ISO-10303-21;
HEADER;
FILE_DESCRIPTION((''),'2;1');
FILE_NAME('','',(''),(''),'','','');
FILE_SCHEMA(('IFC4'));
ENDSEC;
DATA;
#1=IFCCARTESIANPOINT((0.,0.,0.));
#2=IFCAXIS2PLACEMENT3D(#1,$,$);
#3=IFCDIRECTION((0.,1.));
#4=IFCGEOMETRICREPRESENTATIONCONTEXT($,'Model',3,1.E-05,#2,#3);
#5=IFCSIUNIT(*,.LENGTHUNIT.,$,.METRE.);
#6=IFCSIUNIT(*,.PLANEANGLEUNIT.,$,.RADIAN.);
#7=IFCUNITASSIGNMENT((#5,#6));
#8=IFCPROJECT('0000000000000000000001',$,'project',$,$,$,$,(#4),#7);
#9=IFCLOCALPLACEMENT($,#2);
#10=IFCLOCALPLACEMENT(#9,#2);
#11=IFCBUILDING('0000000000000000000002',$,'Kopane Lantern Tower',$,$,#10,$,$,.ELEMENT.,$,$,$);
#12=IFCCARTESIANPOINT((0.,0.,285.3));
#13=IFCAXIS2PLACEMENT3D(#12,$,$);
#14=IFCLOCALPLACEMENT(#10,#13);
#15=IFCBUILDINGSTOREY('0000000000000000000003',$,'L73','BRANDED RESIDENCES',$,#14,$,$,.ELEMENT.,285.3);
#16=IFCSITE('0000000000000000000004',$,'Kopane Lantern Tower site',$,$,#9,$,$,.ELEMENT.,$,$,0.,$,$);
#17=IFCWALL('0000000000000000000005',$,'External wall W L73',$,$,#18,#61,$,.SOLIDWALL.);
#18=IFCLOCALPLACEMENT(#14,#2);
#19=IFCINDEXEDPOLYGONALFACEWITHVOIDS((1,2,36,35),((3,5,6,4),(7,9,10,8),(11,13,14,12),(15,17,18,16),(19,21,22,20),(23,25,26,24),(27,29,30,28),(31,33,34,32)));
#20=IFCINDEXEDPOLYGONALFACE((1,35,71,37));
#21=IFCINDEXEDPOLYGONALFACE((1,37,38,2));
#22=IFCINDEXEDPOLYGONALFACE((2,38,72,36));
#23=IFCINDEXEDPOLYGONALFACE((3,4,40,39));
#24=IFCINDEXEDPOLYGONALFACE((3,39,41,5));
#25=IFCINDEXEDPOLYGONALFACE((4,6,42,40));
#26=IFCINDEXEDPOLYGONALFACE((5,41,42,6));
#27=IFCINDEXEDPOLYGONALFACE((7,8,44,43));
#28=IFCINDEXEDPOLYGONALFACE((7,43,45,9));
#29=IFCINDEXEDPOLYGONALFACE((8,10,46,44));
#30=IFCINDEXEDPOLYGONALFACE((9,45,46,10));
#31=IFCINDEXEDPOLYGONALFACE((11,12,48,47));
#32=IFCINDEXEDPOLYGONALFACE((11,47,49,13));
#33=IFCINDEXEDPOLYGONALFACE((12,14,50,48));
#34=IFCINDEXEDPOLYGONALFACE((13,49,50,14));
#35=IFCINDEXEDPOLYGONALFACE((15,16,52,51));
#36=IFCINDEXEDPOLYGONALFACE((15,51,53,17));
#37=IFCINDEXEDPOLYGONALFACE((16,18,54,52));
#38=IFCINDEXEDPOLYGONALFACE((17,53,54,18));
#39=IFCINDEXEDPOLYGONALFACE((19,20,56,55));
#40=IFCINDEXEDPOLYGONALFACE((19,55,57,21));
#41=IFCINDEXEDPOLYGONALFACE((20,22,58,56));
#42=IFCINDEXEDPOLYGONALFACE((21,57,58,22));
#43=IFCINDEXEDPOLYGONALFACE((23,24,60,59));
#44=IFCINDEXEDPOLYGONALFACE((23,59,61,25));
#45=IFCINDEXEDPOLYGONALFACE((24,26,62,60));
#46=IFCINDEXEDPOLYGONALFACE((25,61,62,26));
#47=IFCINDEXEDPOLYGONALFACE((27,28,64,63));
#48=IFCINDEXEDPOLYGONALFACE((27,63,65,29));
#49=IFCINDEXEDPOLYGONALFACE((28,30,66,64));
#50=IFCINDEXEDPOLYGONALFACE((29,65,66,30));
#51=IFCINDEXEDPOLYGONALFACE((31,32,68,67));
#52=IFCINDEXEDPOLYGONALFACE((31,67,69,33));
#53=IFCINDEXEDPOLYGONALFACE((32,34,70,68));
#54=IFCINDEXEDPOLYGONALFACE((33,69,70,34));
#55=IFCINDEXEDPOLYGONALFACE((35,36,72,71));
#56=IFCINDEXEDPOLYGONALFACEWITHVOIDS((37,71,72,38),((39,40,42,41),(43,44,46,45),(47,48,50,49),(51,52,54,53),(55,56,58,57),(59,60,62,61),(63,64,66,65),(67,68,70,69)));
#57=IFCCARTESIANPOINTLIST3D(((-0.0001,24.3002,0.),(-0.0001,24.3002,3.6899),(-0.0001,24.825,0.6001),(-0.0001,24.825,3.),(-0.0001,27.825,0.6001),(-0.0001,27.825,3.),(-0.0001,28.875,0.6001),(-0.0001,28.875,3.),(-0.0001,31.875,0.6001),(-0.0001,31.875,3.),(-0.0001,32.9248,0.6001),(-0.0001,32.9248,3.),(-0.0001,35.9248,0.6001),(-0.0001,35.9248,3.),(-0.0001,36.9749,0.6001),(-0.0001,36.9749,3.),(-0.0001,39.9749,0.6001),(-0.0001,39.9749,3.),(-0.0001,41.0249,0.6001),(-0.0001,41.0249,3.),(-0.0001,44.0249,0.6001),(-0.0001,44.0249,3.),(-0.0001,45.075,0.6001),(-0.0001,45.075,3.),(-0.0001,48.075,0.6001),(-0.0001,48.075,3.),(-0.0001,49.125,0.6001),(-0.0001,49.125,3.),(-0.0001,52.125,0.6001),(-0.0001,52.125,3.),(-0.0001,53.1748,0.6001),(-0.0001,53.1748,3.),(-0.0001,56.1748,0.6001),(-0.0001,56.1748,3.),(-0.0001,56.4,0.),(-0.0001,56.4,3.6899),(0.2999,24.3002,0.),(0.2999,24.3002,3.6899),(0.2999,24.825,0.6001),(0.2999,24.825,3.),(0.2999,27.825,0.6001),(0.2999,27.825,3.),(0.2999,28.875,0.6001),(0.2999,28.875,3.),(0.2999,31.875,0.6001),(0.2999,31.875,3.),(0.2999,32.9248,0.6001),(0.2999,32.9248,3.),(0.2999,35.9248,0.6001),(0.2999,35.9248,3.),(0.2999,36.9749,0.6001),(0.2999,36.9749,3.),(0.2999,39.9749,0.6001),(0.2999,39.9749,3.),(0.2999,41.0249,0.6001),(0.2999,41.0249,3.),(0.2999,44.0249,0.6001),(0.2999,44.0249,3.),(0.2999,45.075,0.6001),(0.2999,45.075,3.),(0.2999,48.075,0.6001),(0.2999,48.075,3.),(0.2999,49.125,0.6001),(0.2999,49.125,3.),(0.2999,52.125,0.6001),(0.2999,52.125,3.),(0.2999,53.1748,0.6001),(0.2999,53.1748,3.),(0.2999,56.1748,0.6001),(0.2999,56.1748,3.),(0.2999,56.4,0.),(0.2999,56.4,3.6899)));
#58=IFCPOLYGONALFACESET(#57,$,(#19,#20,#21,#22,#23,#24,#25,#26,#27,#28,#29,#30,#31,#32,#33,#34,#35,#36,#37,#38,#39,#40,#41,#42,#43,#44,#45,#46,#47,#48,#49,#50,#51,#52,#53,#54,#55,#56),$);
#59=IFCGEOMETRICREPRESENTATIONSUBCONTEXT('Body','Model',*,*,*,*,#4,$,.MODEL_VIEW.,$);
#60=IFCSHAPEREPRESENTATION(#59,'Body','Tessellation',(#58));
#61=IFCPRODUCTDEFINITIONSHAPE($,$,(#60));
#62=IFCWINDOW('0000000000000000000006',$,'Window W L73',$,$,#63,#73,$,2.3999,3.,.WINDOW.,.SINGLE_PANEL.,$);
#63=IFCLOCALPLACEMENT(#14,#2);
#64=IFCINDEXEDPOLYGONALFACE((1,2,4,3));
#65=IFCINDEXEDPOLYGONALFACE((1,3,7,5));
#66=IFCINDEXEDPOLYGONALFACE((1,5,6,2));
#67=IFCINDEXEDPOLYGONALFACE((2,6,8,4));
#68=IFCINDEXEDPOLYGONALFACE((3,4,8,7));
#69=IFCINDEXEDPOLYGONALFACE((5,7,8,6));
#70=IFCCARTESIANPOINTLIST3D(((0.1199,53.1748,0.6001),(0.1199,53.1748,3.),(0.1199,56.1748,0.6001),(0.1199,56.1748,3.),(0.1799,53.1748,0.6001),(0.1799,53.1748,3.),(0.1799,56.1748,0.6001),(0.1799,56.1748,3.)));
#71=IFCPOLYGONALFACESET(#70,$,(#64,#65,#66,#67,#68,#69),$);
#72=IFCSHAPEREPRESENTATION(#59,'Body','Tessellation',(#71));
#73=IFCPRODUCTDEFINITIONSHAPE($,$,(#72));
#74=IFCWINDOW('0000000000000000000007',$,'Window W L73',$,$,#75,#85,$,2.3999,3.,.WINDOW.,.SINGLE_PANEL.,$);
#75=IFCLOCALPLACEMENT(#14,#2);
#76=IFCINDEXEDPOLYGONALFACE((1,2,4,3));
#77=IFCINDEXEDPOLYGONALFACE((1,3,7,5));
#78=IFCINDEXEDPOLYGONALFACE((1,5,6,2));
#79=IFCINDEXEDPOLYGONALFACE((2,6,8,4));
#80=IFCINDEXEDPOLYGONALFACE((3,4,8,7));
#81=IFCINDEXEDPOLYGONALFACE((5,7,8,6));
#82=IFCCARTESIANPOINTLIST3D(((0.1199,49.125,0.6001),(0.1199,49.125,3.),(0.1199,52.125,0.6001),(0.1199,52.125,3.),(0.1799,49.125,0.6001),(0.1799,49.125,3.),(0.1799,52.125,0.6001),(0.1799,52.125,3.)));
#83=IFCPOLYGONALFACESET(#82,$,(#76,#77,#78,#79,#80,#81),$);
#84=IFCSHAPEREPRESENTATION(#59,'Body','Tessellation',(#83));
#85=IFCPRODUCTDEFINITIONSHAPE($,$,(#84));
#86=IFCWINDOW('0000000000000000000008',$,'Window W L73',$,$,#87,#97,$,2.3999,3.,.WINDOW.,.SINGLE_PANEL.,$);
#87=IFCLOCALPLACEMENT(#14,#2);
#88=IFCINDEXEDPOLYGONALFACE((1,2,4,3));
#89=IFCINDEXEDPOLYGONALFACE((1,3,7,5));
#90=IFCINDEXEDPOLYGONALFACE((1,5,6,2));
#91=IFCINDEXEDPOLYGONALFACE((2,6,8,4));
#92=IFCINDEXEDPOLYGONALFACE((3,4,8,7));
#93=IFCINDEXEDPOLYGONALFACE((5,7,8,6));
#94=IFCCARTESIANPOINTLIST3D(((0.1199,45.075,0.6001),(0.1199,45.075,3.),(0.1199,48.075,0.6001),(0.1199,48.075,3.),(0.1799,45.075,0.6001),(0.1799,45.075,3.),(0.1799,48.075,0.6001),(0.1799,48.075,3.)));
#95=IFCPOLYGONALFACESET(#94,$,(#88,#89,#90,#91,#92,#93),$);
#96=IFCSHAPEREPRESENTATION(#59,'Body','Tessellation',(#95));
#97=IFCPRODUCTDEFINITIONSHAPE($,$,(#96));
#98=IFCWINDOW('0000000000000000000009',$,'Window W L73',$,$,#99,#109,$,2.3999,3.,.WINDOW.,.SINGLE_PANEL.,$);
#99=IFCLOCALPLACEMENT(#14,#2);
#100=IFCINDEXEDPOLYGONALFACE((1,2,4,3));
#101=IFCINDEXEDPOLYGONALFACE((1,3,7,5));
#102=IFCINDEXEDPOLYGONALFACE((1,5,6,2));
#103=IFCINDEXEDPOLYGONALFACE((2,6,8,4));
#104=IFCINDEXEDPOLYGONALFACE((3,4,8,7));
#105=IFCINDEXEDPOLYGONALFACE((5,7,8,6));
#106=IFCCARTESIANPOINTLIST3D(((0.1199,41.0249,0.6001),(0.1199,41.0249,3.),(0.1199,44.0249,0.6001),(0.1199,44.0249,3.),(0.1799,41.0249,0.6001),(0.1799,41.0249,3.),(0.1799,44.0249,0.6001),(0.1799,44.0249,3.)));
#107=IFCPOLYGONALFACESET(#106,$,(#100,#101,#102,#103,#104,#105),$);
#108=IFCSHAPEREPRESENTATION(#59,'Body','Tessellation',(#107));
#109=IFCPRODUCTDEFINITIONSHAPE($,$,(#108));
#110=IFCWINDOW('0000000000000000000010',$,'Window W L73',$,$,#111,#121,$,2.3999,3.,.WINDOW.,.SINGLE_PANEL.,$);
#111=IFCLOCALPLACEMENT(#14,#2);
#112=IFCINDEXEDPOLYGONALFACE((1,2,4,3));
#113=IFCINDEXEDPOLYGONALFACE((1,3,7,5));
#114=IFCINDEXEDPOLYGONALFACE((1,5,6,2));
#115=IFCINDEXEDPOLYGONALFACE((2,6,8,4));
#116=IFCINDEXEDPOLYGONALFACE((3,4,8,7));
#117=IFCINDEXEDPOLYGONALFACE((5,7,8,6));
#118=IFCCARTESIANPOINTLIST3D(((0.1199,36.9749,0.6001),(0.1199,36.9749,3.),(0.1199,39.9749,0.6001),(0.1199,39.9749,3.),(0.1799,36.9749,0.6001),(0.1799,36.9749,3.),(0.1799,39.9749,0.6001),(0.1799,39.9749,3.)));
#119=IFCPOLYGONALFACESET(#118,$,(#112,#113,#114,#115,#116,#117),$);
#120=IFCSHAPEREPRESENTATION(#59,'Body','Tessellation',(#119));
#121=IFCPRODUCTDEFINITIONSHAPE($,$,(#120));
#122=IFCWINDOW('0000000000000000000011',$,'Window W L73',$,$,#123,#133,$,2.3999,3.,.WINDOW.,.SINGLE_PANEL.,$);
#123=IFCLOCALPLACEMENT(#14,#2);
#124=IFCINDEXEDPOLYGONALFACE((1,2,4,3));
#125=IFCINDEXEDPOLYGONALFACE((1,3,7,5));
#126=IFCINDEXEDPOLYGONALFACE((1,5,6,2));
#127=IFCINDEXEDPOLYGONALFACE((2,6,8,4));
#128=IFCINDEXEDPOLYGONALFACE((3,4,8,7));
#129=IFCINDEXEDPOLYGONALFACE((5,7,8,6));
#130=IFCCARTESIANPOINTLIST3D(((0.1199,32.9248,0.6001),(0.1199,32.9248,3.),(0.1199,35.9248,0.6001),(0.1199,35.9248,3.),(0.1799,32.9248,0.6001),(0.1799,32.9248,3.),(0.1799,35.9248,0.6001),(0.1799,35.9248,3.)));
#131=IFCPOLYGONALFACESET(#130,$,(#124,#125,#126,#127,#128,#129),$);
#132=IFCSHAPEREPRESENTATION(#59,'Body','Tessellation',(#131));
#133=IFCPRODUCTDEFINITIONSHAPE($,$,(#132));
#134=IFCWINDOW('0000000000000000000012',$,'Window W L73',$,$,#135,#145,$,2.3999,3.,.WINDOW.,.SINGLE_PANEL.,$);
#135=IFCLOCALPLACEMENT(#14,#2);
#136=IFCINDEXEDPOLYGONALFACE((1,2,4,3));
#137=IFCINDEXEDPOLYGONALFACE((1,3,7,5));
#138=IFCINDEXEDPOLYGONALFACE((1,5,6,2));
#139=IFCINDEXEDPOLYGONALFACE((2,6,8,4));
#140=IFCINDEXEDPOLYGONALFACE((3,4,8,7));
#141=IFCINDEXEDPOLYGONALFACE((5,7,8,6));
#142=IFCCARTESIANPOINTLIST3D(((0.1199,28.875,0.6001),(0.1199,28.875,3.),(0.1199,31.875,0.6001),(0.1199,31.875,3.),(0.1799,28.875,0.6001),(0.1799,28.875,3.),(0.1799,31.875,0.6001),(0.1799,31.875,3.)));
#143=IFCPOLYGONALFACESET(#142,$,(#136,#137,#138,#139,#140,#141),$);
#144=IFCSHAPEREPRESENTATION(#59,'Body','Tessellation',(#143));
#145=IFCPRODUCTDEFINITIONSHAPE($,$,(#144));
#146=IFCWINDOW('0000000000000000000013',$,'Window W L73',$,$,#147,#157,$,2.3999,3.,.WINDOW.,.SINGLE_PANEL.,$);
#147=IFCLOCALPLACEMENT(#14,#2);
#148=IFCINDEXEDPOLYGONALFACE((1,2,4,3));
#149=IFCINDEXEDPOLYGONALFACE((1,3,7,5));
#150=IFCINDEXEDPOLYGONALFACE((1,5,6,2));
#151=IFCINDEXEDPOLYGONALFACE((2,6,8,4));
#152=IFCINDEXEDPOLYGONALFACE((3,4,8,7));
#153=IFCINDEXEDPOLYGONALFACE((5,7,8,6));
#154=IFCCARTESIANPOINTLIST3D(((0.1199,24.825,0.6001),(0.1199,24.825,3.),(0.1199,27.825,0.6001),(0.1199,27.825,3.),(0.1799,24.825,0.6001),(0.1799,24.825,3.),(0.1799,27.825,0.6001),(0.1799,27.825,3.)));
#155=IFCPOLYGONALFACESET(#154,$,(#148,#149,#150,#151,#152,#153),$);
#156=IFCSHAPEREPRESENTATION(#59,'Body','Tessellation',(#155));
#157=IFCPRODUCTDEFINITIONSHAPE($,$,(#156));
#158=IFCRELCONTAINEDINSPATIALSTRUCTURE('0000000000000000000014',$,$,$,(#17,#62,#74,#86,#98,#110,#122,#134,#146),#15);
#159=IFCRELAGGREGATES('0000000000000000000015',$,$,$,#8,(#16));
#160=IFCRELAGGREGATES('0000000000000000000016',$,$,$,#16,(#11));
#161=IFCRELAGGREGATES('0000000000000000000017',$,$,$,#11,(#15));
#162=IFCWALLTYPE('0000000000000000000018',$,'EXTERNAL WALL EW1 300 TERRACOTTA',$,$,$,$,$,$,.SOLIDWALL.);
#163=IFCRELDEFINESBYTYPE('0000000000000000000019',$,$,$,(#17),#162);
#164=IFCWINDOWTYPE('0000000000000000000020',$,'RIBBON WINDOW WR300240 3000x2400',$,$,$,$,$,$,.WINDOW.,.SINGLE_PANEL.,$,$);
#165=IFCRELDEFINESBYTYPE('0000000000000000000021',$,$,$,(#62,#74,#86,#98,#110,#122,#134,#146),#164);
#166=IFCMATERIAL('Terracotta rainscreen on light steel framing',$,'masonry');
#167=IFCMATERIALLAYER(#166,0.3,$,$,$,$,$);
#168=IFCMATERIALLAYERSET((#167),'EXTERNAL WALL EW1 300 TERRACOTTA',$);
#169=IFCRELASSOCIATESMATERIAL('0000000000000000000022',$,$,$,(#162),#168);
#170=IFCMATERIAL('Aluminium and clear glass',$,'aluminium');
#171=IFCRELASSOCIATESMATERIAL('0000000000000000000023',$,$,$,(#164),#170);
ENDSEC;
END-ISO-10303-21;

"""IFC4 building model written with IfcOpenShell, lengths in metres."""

from ifc_helpers import new_model, si_unit, direction, frame, frame_2d, origin, place, context, subcontext, project, spatial, rectangle, extrude, material, layer, layer_set, type_object, element, fill, save


model = new_model("IFC4")

# Units and contexts
model_context = context("Model", 3, precision=1e-05, world=origin(), true_north=direction((0.0, 1.0)))
body_context = subcontext(model_context, "Body", "Model", "MODEL_VIEW")
ifc_project = project(units=[si_unit("LENGTHUNIT", "METRE"), si_unit("PLANEANGLEUNIT", "RADIAN")], contexts=[model_context])

# Site, building, storey
site_placement = place(None, origin())
site = spatial("IfcSite", under=ifc_project, at=site_placement, Name="Kopane Lantern Tower site", CompositionType="ELEMENT", RefElevation=0.0)
building_placement = place(site_placement, origin())
building = spatial("IfcBuilding", under=site, at=building_placement, Name="Kopane Lantern Tower", CompositionType="ELEMENT")
storey_placement = place(building_placement, frame((0.0, 0.0, 285.3)))
storey = spatial("IfcBuildingStorey", under=building, at=storey_placement, Name="L73", Description="BRANDED RESIDENCES", CompositionType="ELEMENT", Elevation=285.3)

# Shared definitions
ifc_material_1 = material(Name="Terracotta rainscreen on light steel framing", Category="masonry")
ifc_layer_1 = layer(ifc_material_1, 0.3)
ifc_layer_set_1 = layer_set([ifc_layer_1], Name="EXTERNAL WALL EW1 300 TERRACOTTA")
wall_type_1 = type_object("IfcWallType", Name="EXTERNAL WALL EW1 300 TERRACOTTA", PredefinedType="SOLIDWALL", material=ifc_layer_set_1)

# Wall, openings, windows
wall_1_placement = place(storey_placement, frame((0.1499, 56.3999, 0.0), z_axis=(0.0, 0.0, 1.0), x_axis=(0.0, -1.0, 0.0)))
wall_1 = element("IfcWall", 1, at=wall_1_placement, inside=storey, type_object=wall_type_1, Name="External wall W L73", PredefinedType="SOLIDWALL", context=body_context, shape_type="SweptSolid", body=[
    extrude(rectangle(XDim=32.0999, YDim=0.3, at=frame_2d((16.0498, 0.0))), origin(), (0.0, 0.0, 1.0), 3.6899),
])
opening_1_placement = place(wall_1_placement, frame((0.2251, 0.0, 0.6001)))
opening_1 = element("IfcOpeningElement", 2, at=opening_1_placement, cuts=wall_1, PredefinedType="OPENING", context=body_context, shape_type="SweptSolid", body=[
    extrude(rectangle(XDim=3.0, YDim=2.3999, at=frame_2d((1.5, 1.2))), frame((0.0, 0.1599, 0.0), z_axis=(0.0, -1.0, 0.0), x_axis=(1.0, 0.0, 0.0)), (0.0, 0.0, 1.0), 0.3201),
])
opening_2_placement = place(wall_1_placement, frame((4.2749, 0.0, 0.6001)))
opening_2 = element("IfcOpeningElement", 3, at=opening_2_placement, cuts=wall_1, PredefinedType="OPENING", context=body_context, shape_type="SweptSolid", body=[
    extrude(rectangle(XDim=3.0, YDim=2.3999, at=frame_2d((1.5, 1.2))), frame((0.0, 0.1599, 0.0), z_axis=(0.0, -1.0, 0.0), x_axis=(1.0, 0.0, 0.0)), (0.0, 0.0, 1.0), 0.3201),
])
opening_3_placement = place(wall_1_placement, frame((8.325, 0.0, 0.6001)))
opening_3 = element("IfcOpeningElement", 4, at=opening_3_placement, cuts=wall_1, PredefinedType="OPENING", context=body_context, shape_type="SweptSolid", body=[
    extrude(rectangle(XDim=3.0, YDim=2.3999, at=frame_2d((1.5, 1.2))), frame((0.0, 0.1599, 0.0), z_axis=(0.0, -1.0, 0.0), x_axis=(1.0, 0.0, 0.0)), (0.0, 0.0, 1.0), 0.3201),
])
opening_4_placement = place(wall_1_placement, frame((12.375, 0.0, 0.6001)))
opening_4 = element("IfcOpeningElement", 5, at=opening_4_placement, cuts=wall_1, PredefinedType="OPENING", context=body_context, shape_type="SweptSolid", body=[
    extrude(rectangle(XDim=3.0, YDim=2.3999, at=frame_2d((1.5, 1.2))), frame((0.0, 0.1599, 0.0), z_axis=(0.0, -1.0, 0.0), x_axis=(1.0, 0.0, 0.0)), (0.0, 0.0, 1.0), 0.3201),
])
opening_5_placement = place(wall_1_placement, frame((16.425, 0.0, 0.6001)))
opening_5 = element("IfcOpeningElement", 6, at=opening_5_placement, cuts=wall_1, PredefinedType="OPENING", context=body_context, shape_type="SweptSolid", body=[
    extrude(rectangle(XDim=3.0, YDim=2.3999, at=frame_2d((1.5, 1.2))), frame((0.0, 0.1599, 0.0), z_axis=(0.0, -1.0, 0.0), x_axis=(1.0, 0.0, 0.0)), (0.0, 0.0, 1.0), 0.3201),
])
opening_6_placement = place(wall_1_placement, frame((20.4751, 0.0, 0.6001)))
opening_6 = element("IfcOpeningElement", 7, at=opening_6_placement, cuts=wall_1, PredefinedType="OPENING", context=body_context, shape_type="SweptSolid", body=[
    extrude(rectangle(XDim=3.0, YDim=2.3999, at=frame_2d((1.5, 1.2))), frame((0.0, 0.1599, 0.0), z_axis=(0.0, -1.0, 0.0), x_axis=(1.0, 0.0, 0.0)), (0.0, 0.0, 1.0), 0.3201),
])
opening_7_placement = place(wall_1_placement, frame((24.5249, 0.0, 0.6001)))
opening_7 = element("IfcOpeningElement", 8, at=opening_7_placement, cuts=wall_1, PredefinedType="OPENING", context=body_context, shape_type="SweptSolid", body=[
    extrude(rectangle(XDim=3.0, YDim=2.3999, at=frame_2d((1.5, 1.2))), frame((0.0, 0.1599, 0.0), z_axis=(0.0, -1.0, 0.0), x_axis=(1.0, 0.0, 0.0)), (0.0, 0.0, 1.0), 0.3201),
])
opening_8_placement = place(wall_1_placement, frame((28.575, 0.0, 0.6001)))
opening_8 = element("IfcOpeningElement", 9, at=opening_8_placement, cuts=wall_1, PredefinedType="OPENING", context=body_context, shape_type="SweptSolid", body=[
    extrude(rectangle(XDim=3.0, YDim=2.3999, at=frame_2d((1.5, 1.2))), frame((0.0, 0.1599, 0.0), z_axis=(0.0, -1.0, 0.0), x_axis=(1.0, 0.0, 0.0)), (0.0, 0.0, 1.0), 0.3201),
])
ifc_material_2 = material(Name="Aluminium and clear glass", Category="aluminium")
window_type_1 = type_object("IfcWindowType", Name="RIBBON WINDOW WR300240 3000x2400", PartitioningType="SINGLE_PANEL", PredefinedType="WINDOW", material=ifc_material_2)
window_1_placement = place(opening_1_placement, origin())
window_1 = element("IfcWindow", 10, at=window_1_placement, inside=storey, type_object=window_type_1, Name="Window W L73", OverallHeight=2.3999, OverallWidth=3.0, PartitioningType="SINGLE_PANEL", PredefinedType="WINDOW", context=body_context, shape_type="SweptSolid", body=[
    extrude(rectangle(XDim=3.0, YDim=2.3999, at=frame_2d((1.5, 1.2))), frame((0.0, 0.03, 0.0), z_axis=(0.0, -1.0, 0.0), x_axis=(1.0, 0.0, 0.0)), (0.0, 0.0, 1.0), 0.0601),
])
fill(opening_1, window_1)
window_2_placement = place(opening_2_placement, origin())
window_2 = element("IfcWindow", 11, at=window_2_placement, inside=storey, type_object=window_type_1, Name="Window W L73", OverallHeight=2.3999, OverallWidth=3.0, PartitioningType="SINGLE_PANEL", PredefinedType="WINDOW", context=body_context, shape_type="SweptSolid", body=[
    extrude(rectangle(XDim=3.0, YDim=2.3999, at=frame_2d((1.5, 1.2))), frame((0.0, 0.03, 0.0), z_axis=(0.0, -1.0, 0.0), x_axis=(1.0, 0.0, 0.0)), (0.0, 0.0, 1.0), 0.0601),
])
fill(opening_2, window_2)
window_3_placement = place(opening_3_placement, origin())
window_3 = element("IfcWindow", 12, at=window_3_placement, inside=storey, type_object=window_type_1, Name="Window W L73", OverallHeight=2.3999, OverallWidth=3.0, PartitioningType="SINGLE_PANEL", PredefinedType="WINDOW", context=body_context, shape_type="SweptSolid", body=[
    extrude(rectangle(XDim=3.0, YDim=2.3999, at=frame_2d((1.5, 1.2))), frame((0.0, 0.03, 0.0), z_axis=(0.0, -1.0, 0.0), x_axis=(1.0, 0.0, 0.0)), (0.0, 0.0, 1.0), 0.0601),
])
fill(opening_3, window_3)
window_4_placement = place(opening_4_placement, origin())
window_4 = element("IfcWindow", 13, at=window_4_placement, inside=storey, type_object=window_type_1, Name="Window W L73", OverallHeight=2.3999, OverallWidth=3.0, PartitioningType="SINGLE_PANEL", PredefinedType="WINDOW", context=body_context, shape_type="SweptSolid", body=[
    extrude(rectangle(XDim=3.0, YDim=2.3999, at=frame_2d((1.5, 1.2))), frame((0.0, 0.03, 0.0), z_axis=(0.0, -1.0, 0.0), x_axis=(1.0, 0.0, 0.0)), (0.0, 0.0, 1.0), 0.0601),
])
fill(opening_4, window_4)
window_5_placement = place(opening_5_placement, origin())
window_5 = element("IfcWindow", 14, at=window_5_placement, inside=storey, type_object=window_type_1, Name="Window W L73", OverallHeight=2.3999, OverallWidth=3.0, PartitioningType="SINGLE_PANEL", PredefinedType="WINDOW", context=body_context, shape_type="SweptSolid", body=[
    extrude(rectangle(XDim=3.0, YDim=2.3999, at=frame_2d((1.5, 1.2))), frame((0.0, 0.03, 0.0), z_axis=(0.0, -1.0, 0.0), x_axis=(1.0, 0.0, 0.0)), (0.0, 0.0, 1.0), 0.0601),
])
fill(opening_5, window_5)
window_6_placement = place(opening_6_placement, origin())
window_6 = element("IfcWindow", 15, at=window_6_placement, inside=storey, type_object=window_type_1, Name="Window W L73", OverallHeight=2.3999, OverallWidth=3.0, PartitioningType="SINGLE_PANEL", PredefinedType="WINDOW", context=body_context, shape_type="SweptSolid", body=[
    extrude(rectangle(XDim=3.0, YDim=2.3999, at=frame_2d((1.5, 1.2))), frame((0.0, 0.03, 0.0), z_axis=(0.0, -1.0, 0.0), x_axis=(1.0, 0.0, 0.0)), (0.0, 0.0, 1.0), 0.0601),
])
fill(opening_6, window_6)
window_7_placement = place(opening_7_placement, origin())
window_7 = element("IfcWindow", 16, at=window_7_placement, inside=storey, type_object=window_type_1, Name="Window W L73", OverallHeight=2.3999, OverallWidth=3.0, PartitioningType="SINGLE_PANEL", PredefinedType="WINDOW", context=body_context, shape_type="SweptSolid", body=[
    extrude(rectangle(XDim=3.0, YDim=2.3999, at=frame_2d((1.5, 1.2))), frame((0.0, 0.03, 0.0), z_axis=(0.0, -1.0, 0.0), x_axis=(1.0, 0.0, 0.0)), (0.0, 0.0, 1.0), 0.0601),
])
fill(opening_7, window_7)
window_8_placement = place(opening_8_placement, origin())
window_8 = element("IfcWindow", 17, at=window_8_placement, inside=storey, type_object=window_type_1, Name="Window W L73", OverallHeight=2.3999, OverallWidth=3.0, PartitioningType="SINGLE_PANEL", PredefinedType="WINDOW", context=body_context, shape_type="SweptSolid", body=[
    extrude(rectangle(XDim=3.0, YDim=2.3999, at=frame_2d((1.5, 1.2))), frame((0.0, 0.03, 0.0), z_axis=(0.0, -1.0, 0.0), x_axis=(1.0, 0.0, 0.0)), (0.0, 0.0, 1.0), 0.0601),
])
fill(opening_8, window_8)

save(model, "model.ifc")
